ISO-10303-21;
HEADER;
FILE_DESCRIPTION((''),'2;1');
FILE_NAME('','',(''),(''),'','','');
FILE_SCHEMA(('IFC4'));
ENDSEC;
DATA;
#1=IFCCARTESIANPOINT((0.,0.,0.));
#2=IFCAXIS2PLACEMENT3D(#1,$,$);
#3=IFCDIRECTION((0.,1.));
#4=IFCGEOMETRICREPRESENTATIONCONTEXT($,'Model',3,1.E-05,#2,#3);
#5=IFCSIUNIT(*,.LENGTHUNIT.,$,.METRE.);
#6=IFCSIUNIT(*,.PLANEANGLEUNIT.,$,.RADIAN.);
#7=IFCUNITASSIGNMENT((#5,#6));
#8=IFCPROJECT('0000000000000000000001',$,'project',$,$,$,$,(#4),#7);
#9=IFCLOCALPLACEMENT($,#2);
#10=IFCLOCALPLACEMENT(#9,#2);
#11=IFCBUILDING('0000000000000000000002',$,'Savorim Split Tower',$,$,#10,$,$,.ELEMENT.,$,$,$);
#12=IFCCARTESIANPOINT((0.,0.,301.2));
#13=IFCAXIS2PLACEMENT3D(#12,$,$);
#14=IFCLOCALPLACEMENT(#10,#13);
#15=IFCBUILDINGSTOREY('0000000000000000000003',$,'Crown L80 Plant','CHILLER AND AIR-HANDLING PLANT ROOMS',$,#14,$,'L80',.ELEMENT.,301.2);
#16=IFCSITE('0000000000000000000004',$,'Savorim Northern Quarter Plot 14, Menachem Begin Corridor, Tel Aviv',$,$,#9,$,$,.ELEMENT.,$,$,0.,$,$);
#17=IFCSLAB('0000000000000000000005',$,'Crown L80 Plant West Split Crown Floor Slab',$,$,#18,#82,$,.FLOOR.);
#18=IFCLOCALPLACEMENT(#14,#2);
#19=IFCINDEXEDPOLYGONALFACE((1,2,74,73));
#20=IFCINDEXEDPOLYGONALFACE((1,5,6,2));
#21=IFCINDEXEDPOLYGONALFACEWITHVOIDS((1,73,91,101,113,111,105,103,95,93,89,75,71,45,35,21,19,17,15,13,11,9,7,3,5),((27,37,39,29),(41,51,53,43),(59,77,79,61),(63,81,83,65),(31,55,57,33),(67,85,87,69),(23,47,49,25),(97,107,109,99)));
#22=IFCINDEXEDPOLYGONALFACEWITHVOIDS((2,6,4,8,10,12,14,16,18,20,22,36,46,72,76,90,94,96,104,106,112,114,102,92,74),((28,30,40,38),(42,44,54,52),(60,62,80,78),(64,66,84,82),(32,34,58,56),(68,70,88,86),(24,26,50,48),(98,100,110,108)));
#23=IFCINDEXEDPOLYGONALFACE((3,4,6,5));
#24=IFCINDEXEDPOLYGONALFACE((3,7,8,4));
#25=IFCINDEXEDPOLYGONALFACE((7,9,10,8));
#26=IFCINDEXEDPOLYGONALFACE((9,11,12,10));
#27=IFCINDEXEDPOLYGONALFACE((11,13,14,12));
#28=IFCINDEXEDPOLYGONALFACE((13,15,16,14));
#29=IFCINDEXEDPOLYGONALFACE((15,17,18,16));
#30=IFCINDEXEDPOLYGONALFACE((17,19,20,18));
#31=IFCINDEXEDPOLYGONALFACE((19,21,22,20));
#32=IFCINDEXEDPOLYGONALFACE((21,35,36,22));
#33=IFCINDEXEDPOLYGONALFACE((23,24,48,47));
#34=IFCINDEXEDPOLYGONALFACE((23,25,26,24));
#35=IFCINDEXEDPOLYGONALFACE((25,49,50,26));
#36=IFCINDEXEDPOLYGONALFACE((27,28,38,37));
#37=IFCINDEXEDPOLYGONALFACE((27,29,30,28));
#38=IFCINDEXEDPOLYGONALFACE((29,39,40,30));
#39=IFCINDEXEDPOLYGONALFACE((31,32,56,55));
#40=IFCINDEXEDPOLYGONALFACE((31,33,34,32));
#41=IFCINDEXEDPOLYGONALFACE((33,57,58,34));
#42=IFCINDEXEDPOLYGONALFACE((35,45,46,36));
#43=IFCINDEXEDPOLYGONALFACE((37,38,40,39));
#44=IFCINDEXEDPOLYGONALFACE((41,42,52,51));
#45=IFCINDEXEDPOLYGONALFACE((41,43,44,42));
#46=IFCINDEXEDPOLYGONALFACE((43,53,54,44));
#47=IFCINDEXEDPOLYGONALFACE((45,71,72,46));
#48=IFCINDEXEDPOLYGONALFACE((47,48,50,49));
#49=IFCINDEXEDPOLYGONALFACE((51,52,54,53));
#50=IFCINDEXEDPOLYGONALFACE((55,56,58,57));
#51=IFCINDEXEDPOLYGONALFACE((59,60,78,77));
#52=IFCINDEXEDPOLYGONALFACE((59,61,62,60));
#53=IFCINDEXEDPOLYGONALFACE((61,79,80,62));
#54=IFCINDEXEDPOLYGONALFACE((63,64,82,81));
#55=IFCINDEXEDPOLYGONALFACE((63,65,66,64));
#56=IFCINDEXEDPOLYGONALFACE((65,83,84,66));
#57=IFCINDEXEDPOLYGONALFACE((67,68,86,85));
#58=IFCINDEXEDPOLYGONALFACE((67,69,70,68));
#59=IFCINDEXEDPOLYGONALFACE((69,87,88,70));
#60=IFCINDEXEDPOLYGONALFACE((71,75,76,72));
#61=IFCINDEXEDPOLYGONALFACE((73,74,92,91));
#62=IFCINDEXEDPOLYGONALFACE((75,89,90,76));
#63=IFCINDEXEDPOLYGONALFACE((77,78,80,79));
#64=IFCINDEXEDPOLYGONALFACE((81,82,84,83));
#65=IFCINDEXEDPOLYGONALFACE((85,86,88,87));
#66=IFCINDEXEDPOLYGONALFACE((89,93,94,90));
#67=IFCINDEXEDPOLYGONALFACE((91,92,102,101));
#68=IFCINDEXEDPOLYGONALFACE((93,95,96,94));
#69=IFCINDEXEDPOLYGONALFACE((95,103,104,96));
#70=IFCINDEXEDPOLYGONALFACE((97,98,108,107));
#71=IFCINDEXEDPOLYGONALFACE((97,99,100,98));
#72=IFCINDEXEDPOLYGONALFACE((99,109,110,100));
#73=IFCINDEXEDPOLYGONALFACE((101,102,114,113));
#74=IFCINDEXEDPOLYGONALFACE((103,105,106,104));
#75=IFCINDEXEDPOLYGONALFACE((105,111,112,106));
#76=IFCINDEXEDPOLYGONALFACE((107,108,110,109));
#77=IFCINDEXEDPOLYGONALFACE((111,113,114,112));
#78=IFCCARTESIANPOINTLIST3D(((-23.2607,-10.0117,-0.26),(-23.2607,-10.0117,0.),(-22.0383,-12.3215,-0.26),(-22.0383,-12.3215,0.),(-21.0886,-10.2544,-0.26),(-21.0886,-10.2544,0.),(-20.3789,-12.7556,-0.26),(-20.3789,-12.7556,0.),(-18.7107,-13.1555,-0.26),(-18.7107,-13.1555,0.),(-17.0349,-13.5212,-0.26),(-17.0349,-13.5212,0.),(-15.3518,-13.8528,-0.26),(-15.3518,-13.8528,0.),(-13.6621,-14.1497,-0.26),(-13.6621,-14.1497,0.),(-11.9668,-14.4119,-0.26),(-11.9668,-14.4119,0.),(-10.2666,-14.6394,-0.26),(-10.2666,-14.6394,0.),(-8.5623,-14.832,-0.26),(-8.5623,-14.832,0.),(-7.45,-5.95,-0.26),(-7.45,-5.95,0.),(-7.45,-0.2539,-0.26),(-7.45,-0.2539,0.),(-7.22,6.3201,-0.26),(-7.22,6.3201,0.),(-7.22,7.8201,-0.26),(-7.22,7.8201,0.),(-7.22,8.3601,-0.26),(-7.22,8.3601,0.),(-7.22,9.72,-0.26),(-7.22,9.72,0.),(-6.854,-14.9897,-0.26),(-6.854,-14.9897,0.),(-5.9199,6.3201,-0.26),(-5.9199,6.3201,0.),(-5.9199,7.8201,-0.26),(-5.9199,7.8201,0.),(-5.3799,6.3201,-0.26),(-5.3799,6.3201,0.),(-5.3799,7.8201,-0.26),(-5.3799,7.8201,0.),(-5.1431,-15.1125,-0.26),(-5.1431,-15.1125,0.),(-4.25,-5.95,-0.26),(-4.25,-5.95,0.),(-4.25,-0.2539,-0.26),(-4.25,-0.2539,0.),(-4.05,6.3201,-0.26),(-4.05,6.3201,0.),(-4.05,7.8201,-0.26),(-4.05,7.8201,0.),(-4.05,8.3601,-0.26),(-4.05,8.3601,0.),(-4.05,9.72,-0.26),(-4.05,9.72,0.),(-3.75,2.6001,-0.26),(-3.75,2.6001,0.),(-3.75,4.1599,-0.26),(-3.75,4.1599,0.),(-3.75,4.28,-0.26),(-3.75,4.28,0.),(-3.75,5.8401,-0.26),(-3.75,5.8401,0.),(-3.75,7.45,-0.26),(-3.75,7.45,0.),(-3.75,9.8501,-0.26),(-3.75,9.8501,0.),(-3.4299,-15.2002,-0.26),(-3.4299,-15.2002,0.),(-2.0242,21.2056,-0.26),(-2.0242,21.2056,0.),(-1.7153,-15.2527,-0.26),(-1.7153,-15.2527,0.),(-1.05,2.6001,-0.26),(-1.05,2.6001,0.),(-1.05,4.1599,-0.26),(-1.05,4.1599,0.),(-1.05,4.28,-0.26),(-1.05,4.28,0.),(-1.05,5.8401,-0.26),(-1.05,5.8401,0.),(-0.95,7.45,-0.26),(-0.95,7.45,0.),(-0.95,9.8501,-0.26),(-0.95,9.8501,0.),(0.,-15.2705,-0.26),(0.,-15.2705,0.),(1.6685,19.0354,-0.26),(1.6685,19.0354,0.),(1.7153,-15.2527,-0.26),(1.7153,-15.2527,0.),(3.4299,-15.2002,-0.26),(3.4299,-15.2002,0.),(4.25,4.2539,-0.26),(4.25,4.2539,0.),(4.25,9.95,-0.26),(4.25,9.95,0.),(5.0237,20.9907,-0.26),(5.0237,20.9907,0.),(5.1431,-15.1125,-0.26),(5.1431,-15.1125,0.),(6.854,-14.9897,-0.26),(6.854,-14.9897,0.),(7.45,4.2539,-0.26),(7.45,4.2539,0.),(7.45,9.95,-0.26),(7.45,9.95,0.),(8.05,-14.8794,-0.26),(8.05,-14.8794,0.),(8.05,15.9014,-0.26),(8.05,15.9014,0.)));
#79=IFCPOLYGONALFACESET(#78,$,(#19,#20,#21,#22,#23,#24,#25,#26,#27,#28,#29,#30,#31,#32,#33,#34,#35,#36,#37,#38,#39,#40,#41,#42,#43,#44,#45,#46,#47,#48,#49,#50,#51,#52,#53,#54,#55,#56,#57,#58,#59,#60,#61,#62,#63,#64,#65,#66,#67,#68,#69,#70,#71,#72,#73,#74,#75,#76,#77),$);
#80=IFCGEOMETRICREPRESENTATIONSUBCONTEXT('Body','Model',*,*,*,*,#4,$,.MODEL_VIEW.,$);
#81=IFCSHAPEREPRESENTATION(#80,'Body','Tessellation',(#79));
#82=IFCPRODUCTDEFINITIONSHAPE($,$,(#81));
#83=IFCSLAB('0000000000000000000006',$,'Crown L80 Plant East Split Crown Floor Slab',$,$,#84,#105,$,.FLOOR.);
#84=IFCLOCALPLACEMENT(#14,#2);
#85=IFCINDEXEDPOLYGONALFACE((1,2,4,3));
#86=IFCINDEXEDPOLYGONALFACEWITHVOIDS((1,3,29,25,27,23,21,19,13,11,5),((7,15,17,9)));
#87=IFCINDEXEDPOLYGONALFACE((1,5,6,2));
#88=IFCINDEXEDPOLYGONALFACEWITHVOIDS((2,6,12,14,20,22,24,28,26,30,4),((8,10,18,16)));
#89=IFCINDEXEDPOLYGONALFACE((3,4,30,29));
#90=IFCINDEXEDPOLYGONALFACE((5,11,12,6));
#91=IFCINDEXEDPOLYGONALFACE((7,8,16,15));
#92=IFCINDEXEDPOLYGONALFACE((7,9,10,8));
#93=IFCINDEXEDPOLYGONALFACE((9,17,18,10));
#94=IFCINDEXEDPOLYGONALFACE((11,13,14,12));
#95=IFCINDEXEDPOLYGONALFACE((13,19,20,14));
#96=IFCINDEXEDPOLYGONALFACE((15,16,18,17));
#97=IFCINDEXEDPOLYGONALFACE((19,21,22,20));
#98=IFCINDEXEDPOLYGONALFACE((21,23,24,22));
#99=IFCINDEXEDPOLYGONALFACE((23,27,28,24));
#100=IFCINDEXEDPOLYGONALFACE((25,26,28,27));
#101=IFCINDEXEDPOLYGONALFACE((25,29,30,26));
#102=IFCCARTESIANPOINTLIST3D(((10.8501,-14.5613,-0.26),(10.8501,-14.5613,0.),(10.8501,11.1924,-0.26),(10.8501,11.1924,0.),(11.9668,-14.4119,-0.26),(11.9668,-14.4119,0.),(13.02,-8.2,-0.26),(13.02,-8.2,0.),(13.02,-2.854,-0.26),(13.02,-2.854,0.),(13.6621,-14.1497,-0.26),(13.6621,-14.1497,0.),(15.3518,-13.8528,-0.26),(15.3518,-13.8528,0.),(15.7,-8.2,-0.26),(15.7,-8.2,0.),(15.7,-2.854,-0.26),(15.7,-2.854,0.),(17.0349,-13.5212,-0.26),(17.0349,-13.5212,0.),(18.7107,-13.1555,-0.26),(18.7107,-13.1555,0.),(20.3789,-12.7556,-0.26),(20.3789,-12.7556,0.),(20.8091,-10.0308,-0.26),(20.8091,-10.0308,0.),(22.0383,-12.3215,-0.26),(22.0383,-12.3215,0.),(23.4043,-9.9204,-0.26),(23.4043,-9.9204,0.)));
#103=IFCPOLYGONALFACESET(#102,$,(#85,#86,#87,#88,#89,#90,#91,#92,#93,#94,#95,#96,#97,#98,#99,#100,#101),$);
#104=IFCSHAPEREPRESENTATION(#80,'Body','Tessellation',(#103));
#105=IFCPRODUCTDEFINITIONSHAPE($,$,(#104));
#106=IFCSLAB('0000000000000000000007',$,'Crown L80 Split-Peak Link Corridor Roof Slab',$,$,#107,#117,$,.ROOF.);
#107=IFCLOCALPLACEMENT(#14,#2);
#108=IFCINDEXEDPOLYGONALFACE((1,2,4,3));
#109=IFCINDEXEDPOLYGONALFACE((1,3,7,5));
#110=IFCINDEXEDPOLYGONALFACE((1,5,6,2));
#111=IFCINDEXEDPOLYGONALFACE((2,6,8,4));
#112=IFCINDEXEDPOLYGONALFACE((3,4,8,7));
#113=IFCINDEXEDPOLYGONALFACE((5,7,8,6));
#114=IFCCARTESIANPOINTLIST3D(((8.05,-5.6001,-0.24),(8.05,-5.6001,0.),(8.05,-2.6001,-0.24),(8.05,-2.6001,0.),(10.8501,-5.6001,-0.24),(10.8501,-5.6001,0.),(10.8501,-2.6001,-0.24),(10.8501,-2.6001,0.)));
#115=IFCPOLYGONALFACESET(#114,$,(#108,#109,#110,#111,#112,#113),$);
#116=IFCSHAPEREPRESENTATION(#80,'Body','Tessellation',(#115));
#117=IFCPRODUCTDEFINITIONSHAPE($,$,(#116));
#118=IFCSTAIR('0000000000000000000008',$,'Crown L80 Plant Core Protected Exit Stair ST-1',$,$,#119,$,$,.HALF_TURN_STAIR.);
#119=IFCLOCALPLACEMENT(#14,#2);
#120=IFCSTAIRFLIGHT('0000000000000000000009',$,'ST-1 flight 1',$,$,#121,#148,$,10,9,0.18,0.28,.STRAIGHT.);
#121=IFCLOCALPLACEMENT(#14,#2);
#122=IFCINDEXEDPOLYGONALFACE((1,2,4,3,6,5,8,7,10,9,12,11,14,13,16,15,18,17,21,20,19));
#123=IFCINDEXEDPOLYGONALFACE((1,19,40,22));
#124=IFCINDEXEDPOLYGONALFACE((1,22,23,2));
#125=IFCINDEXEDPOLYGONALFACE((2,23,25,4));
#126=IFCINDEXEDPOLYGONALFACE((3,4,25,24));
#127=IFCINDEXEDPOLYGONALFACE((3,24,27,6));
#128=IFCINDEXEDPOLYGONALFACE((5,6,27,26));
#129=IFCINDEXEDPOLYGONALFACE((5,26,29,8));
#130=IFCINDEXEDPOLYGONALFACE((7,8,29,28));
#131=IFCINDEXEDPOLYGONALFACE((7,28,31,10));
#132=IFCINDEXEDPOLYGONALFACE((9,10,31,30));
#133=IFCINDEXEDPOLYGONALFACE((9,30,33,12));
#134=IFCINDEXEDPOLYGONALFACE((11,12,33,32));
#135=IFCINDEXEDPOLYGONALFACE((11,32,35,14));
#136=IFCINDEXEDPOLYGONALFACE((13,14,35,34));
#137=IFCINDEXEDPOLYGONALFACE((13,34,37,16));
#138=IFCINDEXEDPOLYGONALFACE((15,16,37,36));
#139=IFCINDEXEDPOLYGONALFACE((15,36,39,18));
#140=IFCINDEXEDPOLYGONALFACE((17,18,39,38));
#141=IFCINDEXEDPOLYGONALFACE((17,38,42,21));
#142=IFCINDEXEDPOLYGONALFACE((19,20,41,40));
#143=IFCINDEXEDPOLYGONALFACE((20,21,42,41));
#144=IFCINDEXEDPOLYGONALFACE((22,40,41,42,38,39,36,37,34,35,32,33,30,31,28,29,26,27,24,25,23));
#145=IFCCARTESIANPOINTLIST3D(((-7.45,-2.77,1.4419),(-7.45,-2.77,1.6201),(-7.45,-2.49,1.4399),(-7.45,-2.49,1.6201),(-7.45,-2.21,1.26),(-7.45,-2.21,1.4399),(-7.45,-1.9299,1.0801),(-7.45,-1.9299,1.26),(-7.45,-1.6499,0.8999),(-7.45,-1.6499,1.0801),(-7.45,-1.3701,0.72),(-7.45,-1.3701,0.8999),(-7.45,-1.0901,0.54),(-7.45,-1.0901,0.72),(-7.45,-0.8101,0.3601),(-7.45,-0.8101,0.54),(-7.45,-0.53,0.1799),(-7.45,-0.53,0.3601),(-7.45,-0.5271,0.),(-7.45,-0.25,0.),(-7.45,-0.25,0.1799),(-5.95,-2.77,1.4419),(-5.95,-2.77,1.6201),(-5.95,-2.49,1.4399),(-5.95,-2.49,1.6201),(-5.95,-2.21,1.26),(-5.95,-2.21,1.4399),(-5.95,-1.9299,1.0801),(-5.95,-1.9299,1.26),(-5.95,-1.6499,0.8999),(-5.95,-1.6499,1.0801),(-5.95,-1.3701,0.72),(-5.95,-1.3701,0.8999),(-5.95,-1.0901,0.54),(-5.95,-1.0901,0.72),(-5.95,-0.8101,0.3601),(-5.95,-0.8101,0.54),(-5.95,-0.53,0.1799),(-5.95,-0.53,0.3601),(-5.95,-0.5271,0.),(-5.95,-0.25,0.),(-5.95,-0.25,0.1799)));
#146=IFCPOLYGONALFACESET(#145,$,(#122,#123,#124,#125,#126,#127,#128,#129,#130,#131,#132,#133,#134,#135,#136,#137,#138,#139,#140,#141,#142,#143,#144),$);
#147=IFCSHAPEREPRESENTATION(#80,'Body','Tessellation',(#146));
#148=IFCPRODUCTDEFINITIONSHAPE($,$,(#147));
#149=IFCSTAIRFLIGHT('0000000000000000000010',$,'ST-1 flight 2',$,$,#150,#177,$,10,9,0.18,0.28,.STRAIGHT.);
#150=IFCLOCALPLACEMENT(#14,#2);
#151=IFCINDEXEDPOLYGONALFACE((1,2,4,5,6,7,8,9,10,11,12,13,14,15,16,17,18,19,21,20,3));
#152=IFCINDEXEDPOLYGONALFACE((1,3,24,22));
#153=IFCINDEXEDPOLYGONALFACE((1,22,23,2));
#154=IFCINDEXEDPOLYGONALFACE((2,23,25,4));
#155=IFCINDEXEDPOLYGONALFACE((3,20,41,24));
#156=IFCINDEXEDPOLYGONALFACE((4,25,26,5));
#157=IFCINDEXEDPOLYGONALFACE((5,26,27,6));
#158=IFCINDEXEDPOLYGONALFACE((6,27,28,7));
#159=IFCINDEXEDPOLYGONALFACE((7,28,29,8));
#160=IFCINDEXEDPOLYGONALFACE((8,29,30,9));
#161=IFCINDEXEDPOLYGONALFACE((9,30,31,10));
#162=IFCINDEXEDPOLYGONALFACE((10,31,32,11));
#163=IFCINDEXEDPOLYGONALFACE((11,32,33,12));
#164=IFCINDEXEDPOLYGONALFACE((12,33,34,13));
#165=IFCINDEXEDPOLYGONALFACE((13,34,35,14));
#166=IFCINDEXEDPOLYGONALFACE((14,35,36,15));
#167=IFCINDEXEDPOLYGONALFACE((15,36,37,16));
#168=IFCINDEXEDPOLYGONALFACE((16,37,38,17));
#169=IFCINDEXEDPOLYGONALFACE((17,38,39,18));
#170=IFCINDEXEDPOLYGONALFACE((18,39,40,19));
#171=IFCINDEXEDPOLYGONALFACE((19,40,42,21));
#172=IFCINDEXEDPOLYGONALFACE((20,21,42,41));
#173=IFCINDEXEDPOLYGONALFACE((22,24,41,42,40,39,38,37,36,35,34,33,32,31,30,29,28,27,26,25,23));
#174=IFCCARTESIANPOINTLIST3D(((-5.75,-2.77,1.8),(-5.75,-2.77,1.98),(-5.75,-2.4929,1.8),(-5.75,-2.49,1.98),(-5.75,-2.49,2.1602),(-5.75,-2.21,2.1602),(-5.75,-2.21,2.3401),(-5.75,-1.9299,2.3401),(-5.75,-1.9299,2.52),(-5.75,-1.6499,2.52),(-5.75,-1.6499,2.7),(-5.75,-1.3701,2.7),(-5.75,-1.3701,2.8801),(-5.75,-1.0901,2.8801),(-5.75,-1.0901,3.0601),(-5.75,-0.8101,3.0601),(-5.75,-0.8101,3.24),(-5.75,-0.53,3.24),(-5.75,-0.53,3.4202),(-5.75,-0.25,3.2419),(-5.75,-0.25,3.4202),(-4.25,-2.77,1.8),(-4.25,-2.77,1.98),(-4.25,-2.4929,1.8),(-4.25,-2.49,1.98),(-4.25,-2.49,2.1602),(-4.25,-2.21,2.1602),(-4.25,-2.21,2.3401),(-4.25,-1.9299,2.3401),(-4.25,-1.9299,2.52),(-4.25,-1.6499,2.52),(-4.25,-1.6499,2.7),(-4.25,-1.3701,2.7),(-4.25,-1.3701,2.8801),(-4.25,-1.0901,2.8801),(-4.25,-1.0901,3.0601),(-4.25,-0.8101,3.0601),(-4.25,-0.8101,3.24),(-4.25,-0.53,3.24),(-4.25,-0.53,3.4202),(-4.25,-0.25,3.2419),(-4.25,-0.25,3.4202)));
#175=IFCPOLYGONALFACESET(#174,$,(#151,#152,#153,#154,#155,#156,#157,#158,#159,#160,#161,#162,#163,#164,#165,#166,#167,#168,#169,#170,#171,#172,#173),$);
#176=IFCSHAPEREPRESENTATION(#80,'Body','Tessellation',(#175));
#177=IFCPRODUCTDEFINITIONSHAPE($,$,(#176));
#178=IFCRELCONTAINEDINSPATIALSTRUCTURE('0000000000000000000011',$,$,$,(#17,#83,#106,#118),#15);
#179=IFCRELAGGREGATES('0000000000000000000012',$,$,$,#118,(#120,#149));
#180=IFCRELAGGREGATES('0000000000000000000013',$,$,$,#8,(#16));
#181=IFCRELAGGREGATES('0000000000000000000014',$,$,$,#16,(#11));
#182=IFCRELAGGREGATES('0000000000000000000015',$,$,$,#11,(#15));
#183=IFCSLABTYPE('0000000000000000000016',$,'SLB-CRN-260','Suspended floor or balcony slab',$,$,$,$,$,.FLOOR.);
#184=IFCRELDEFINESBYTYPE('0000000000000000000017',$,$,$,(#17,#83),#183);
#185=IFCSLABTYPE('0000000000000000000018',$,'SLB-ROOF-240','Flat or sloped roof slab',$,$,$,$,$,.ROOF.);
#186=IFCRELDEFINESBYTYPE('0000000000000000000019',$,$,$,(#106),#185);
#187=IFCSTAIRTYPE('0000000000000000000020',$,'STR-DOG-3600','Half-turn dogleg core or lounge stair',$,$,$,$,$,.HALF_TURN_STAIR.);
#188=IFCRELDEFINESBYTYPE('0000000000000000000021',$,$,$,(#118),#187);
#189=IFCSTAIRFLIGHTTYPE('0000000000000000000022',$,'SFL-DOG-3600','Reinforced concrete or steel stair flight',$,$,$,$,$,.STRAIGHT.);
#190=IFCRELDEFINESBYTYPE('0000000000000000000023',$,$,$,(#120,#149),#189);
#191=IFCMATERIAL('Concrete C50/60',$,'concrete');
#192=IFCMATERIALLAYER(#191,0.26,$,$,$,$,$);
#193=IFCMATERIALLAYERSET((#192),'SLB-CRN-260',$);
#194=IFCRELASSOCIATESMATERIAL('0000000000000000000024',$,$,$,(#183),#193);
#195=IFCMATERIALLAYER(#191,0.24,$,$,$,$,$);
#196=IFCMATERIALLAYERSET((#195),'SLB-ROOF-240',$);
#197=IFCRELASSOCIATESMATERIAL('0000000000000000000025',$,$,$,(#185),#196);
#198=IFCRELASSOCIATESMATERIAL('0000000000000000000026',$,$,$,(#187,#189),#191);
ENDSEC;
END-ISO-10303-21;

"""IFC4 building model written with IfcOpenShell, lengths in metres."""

from ifc_helpers import new_model, si_unit, direction, frame, origin, place, context, subcontext, project, spatial, polyline, outline, extrude, material, layer, layer_set, type_object, element, aggregate, save


model = new_model("IFC4")

# Units and contexts
model_context = context("Model", 3, precision=1e-05, world=origin(), true_north=direction((0.0, 1.0)))
body_context = subcontext(model_context, "Body", "Model", "MODEL_VIEW")
ifc_project = project(units=[si_unit("LENGTHUNIT", "METRE"), si_unit("PLANEANGLEUNIT", "RADIAN")], contexts=[model_context])

# Site, building, storey
site_placement = place(None, origin())
site = spatial("IfcSite", under=ifc_project, at=site_placement, Name="Savorim Northern Quarter Plot 14, Menachem Begin Corridor, Tel Aviv", CompositionType="ELEMENT", RefElevation=0.0)
building_placement = place(site_placement, origin())
building = spatial("IfcBuilding", under=site, at=building_placement, Name="Savorim Split Tower", CompositionType="ELEMENT")
storey_placement = place(building_placement, frame((0.0, 0.0, 301.2)))
storey = spatial("IfcBuildingStorey", under=building, at=storey_placement, Name="Crown L80 Plant", Description="CHILLER AND AIR-HANDLING PLANT ROOMS", LongName="L80", CompositionType="ELEMENT", Elevation=301.2)

# Slabs
ifc_material_1 = material(Name="Concrete C50/60", Category="concrete")
ifc_layer_1 = layer(ifc_material_1, 0.26)
ifc_layer_set_1 = layer_set([ifc_layer_1], Name="SLB-CRN-260")
slab_type_1 = type_object("IfcSlabType", Name="SLB-CRN-260", Description="Suspended floor or balcony slab", PredefinedType="FLOOR", material=ifc_layer_set_1)
slab_1_placement = place(storey_placement, frame((0.0, 0.0, -0.26)))
element("IfcSlab", 1, at=slab_1_placement, inside=storey, type_object=slab_type_1, Name="Crown L80 Plant West Split Crown Floor Slab", PredefinedType="FLOOR", context=body_context, shape_type="SweptSolid", body=[
    extrude(outline(polyline([(8.05, -14.8794), (8.05, 15.9014), (5.0237, 20.9907), (1.6685, 19.0354), (-2.0242, 21.2056), (-23.2607, -10.0117), (-21.0886, -10.2544), (-22.0383, -12.3215), (-20.3789, -12.7556), (-18.7107, -13.1555), (-17.0349, -13.5212), (-15.3518, -13.8528), (-13.6621, -14.1497), (-11.9668, -14.4119), (-10.2666, -14.6394), (-8.5623, -14.832), (-6.854, -14.9897), (-5.1431, -15.1125), (-3.4299, -15.2002), (-1.7153, -15.2527), (0.0, -15.2705), (1.7153, -15.2527), (3.4299, -15.2002), (5.1431, -15.1125), (6.854, -14.9897), (8.05, -14.8794)]), holes=[polyline([(-7.45, -0.2539), (-7.45, -5.95), (-4.25, -5.95), (-4.25, -0.2539), (-7.45, -0.2539)]), polyline([(7.45, 4.2539), (7.45, 9.95), (4.25, 9.95), (4.25, 4.2539), (7.45, 4.2539)]), polyline([(-3.75, 2.6001), (-1.05, 2.6001), (-1.05, 4.1599), (-3.75, 4.1599), (-3.75, 2.6001)]), polyline([(-3.75, 4.28), (-1.05, 4.28), (-1.05, 5.8401), (-3.75, 5.8401), (-3.75, 4.28)]), polyline([(-3.75, 7.45), (-0.95, 7.45), (-0.95, 9.8501), (-3.75, 9.8501), (-3.75, 7.45)]), polyline([(-7.22, 6.3201), (-5.9199, 6.3201), (-5.9199, 7.8201), (-7.22, 7.8201), (-7.22, 6.3201)]), polyline([(-5.3799, 6.3201), (-4.05, 6.3201), (-4.05, 7.8201), (-5.3799, 7.8201), (-5.3799, 6.3201)]), polyline([(-7.22, 8.3601), (-4.05, 8.3601), (-4.05, 9.72), (-7.22, 9.72), (-7.22, 8.3601)])]), origin(), (0.0, 0.0, 1.0), 0.26),
])
slab_2_placement = place(storey_placement, frame((0.0, 0.0, -0.26)))
element("IfcSlab", 2, at=slab_2_placement, inside=storey, type_object=slab_type_1, Name="Crown L80 Plant East Split Crown Floor Slab", PredefinedType="FLOOR", context=body_context, shape_type="SweptSolid", body=[
    extrude(outline(polyline([(10.8501, 11.1924), (10.8501, -14.5613), (11.9668, -14.4119), (13.6621, -14.1497), (15.3518, -13.8528), (17.0349, -13.5212), (18.7107, -13.1555), (20.3789, -12.7556), (22.0383, -12.3215), (20.8091, -10.0308), (23.4043, -9.9204), (10.8501, 11.1924)]), holes=[polyline([(13.02, -2.854), (13.02, -8.2), (15.7, -8.2), (15.7, -2.854), (13.02, -2.854)])]), origin(), (0.0, 0.0, 1.0), 0.26),
])
ifc_layer_2 = layer(ifc_material_1, 0.24)
ifc_layer_set_2 = layer_set([ifc_layer_2], Name="SLB-ROOF-240")
slab_type_2 = type_object("IfcSlabType", Name="SLB-ROOF-240", Description="Flat or sloped roof slab", PredefinedType="ROOF", material=ifc_layer_set_2)
slab_3_placement = place(storey_placement, frame((0.0, 0.0, -0.24)))
element("IfcSlab", 3, at=slab_3_placement, inside=storey, type_object=slab_type_2, Name="Crown L80 Split-Peak Link Corridor Roof Slab", PredefinedType="ROOF", context=body_context, shape_type="SweptSolid", body=[
    extrude(outline(polyline([(8.05, -5.6001), (10.8501, -5.6001), (10.8501, -2.6001), (8.05, -2.6001), (8.05, -5.6001)])), origin(), (0.0, 0.0, 1.0), 0.24),
])

# Stair, stair flights
stair_type = type_object("IfcStairType", Name="STR-DOG-3600", Description="Half-turn dogleg core or lounge stair", PredefinedType="HALF_TURN_STAIR", material=ifc_material_1)
stair_placement = place(storey_placement, origin())
stair = element("IfcStair", 4, at=stair_placement, inside=storey, type_object=stair_type, Name="Crown L80 Plant Core Protected Exit Stair ST-1", PredefinedType="HALF_TURN_STAIR")
stair_flight_type = type_object("IfcStairFlightType", Name="SFL-DOG-3600", Description="Reinforced concrete or steel stair flight", PredefinedType="STRAIGHT", material=ifc_material_1)
stair_flight_1_placement = place(storey_placement, frame((-6.7, -0.25, 0.0), z_axis=(0.0, 0.0, 1.0), x_axis=(0.0, -1.0, 0.0)))
stair_flight_1 = element("IfcStairFlight", 5, at=stair_flight_1_placement, type_object=stair_flight_type, Name="ST-1 flight 1", NumberOfRisers=10, NumberOfTreads=9, PredefinedType="STRAIGHT", RiserHeight=0.18, TreadLength=0.28, context=body_context, shape_type="SweptSolid", body=[
    extrude(outline(polyline([(0.0, 0.0), (0.0, 0.1799), (0.28, 0.1799), (0.28, 0.3601), (0.5601, 0.3601), (0.5601, 0.54), (0.8401, 0.54), (0.8401, 0.72), (1.1201, 0.72), (1.1201, 0.8999), (1.3999, 0.8999), (1.3999, 1.0801), (1.6799, 1.0801), (1.6799, 1.26), (1.96, 1.26), (1.96, 1.4399), (2.24, 1.4399), (2.24, 1.6201), (2.52, 1.6201), (2.52, 1.8), (2.52, 1.4419), (0.2771, 0.0), (0.0, 0.0)])), frame((0.0, 0.75, 0.0), z_axis=(0.0, -1.0, 0.0), x_axis=(1.0, 0.0, 0.0)), (0.0, 0.0, 1.0), 1.5),
])
stair_flight_2_placement = place(storey_placement, frame((-5.0, -2.77, 1.8), z_axis=(0.0, 0.0, 1.0), x_axis=(0.0, 1.0, 0.0)))
stair_flight_2 = element("IfcStairFlight", 6, at=stair_flight_2_placement, type_object=stair_flight_type, Name="ST-1 flight 2", NumberOfRisers=10, NumberOfTreads=9, PredefinedType="STRAIGHT", RiserHeight=0.18, TreadLength=0.28, context=body_context, shape_type="SweptSolid", body=[
    extrude(outline(polyline([(0.0, 0.0), (0.0, 0.1799), (0.28, 0.1799), (0.28, 0.3601), (0.5601, 0.3601), (0.5601, 0.54), (0.8401, 0.54), (0.8401, 0.72), (1.1201, 0.72), (1.1201, 0.8999), (1.3999, 0.8999), (1.3999, 1.0801), (1.6799, 1.0801), (1.6799, 1.26), (1.96, 1.26), (1.96, 1.4399), (2.24, 1.4399), (2.24, 1.6201), (2.52, 1.6201), (2.52, 1.8), (2.52, 1.4419), (0.2771, 0.0), (0.0, 0.0)])), frame((0.0, 0.75, 0.0), z_axis=(0.0, -1.0, 0.0), x_axis=(1.0, 0.0, 0.0)), (0.0, 0.0, 1.0), 1.5),
])
aggregate(stair, [stair_flight_1, stair_flight_2])

save(model, "model.ifc")
